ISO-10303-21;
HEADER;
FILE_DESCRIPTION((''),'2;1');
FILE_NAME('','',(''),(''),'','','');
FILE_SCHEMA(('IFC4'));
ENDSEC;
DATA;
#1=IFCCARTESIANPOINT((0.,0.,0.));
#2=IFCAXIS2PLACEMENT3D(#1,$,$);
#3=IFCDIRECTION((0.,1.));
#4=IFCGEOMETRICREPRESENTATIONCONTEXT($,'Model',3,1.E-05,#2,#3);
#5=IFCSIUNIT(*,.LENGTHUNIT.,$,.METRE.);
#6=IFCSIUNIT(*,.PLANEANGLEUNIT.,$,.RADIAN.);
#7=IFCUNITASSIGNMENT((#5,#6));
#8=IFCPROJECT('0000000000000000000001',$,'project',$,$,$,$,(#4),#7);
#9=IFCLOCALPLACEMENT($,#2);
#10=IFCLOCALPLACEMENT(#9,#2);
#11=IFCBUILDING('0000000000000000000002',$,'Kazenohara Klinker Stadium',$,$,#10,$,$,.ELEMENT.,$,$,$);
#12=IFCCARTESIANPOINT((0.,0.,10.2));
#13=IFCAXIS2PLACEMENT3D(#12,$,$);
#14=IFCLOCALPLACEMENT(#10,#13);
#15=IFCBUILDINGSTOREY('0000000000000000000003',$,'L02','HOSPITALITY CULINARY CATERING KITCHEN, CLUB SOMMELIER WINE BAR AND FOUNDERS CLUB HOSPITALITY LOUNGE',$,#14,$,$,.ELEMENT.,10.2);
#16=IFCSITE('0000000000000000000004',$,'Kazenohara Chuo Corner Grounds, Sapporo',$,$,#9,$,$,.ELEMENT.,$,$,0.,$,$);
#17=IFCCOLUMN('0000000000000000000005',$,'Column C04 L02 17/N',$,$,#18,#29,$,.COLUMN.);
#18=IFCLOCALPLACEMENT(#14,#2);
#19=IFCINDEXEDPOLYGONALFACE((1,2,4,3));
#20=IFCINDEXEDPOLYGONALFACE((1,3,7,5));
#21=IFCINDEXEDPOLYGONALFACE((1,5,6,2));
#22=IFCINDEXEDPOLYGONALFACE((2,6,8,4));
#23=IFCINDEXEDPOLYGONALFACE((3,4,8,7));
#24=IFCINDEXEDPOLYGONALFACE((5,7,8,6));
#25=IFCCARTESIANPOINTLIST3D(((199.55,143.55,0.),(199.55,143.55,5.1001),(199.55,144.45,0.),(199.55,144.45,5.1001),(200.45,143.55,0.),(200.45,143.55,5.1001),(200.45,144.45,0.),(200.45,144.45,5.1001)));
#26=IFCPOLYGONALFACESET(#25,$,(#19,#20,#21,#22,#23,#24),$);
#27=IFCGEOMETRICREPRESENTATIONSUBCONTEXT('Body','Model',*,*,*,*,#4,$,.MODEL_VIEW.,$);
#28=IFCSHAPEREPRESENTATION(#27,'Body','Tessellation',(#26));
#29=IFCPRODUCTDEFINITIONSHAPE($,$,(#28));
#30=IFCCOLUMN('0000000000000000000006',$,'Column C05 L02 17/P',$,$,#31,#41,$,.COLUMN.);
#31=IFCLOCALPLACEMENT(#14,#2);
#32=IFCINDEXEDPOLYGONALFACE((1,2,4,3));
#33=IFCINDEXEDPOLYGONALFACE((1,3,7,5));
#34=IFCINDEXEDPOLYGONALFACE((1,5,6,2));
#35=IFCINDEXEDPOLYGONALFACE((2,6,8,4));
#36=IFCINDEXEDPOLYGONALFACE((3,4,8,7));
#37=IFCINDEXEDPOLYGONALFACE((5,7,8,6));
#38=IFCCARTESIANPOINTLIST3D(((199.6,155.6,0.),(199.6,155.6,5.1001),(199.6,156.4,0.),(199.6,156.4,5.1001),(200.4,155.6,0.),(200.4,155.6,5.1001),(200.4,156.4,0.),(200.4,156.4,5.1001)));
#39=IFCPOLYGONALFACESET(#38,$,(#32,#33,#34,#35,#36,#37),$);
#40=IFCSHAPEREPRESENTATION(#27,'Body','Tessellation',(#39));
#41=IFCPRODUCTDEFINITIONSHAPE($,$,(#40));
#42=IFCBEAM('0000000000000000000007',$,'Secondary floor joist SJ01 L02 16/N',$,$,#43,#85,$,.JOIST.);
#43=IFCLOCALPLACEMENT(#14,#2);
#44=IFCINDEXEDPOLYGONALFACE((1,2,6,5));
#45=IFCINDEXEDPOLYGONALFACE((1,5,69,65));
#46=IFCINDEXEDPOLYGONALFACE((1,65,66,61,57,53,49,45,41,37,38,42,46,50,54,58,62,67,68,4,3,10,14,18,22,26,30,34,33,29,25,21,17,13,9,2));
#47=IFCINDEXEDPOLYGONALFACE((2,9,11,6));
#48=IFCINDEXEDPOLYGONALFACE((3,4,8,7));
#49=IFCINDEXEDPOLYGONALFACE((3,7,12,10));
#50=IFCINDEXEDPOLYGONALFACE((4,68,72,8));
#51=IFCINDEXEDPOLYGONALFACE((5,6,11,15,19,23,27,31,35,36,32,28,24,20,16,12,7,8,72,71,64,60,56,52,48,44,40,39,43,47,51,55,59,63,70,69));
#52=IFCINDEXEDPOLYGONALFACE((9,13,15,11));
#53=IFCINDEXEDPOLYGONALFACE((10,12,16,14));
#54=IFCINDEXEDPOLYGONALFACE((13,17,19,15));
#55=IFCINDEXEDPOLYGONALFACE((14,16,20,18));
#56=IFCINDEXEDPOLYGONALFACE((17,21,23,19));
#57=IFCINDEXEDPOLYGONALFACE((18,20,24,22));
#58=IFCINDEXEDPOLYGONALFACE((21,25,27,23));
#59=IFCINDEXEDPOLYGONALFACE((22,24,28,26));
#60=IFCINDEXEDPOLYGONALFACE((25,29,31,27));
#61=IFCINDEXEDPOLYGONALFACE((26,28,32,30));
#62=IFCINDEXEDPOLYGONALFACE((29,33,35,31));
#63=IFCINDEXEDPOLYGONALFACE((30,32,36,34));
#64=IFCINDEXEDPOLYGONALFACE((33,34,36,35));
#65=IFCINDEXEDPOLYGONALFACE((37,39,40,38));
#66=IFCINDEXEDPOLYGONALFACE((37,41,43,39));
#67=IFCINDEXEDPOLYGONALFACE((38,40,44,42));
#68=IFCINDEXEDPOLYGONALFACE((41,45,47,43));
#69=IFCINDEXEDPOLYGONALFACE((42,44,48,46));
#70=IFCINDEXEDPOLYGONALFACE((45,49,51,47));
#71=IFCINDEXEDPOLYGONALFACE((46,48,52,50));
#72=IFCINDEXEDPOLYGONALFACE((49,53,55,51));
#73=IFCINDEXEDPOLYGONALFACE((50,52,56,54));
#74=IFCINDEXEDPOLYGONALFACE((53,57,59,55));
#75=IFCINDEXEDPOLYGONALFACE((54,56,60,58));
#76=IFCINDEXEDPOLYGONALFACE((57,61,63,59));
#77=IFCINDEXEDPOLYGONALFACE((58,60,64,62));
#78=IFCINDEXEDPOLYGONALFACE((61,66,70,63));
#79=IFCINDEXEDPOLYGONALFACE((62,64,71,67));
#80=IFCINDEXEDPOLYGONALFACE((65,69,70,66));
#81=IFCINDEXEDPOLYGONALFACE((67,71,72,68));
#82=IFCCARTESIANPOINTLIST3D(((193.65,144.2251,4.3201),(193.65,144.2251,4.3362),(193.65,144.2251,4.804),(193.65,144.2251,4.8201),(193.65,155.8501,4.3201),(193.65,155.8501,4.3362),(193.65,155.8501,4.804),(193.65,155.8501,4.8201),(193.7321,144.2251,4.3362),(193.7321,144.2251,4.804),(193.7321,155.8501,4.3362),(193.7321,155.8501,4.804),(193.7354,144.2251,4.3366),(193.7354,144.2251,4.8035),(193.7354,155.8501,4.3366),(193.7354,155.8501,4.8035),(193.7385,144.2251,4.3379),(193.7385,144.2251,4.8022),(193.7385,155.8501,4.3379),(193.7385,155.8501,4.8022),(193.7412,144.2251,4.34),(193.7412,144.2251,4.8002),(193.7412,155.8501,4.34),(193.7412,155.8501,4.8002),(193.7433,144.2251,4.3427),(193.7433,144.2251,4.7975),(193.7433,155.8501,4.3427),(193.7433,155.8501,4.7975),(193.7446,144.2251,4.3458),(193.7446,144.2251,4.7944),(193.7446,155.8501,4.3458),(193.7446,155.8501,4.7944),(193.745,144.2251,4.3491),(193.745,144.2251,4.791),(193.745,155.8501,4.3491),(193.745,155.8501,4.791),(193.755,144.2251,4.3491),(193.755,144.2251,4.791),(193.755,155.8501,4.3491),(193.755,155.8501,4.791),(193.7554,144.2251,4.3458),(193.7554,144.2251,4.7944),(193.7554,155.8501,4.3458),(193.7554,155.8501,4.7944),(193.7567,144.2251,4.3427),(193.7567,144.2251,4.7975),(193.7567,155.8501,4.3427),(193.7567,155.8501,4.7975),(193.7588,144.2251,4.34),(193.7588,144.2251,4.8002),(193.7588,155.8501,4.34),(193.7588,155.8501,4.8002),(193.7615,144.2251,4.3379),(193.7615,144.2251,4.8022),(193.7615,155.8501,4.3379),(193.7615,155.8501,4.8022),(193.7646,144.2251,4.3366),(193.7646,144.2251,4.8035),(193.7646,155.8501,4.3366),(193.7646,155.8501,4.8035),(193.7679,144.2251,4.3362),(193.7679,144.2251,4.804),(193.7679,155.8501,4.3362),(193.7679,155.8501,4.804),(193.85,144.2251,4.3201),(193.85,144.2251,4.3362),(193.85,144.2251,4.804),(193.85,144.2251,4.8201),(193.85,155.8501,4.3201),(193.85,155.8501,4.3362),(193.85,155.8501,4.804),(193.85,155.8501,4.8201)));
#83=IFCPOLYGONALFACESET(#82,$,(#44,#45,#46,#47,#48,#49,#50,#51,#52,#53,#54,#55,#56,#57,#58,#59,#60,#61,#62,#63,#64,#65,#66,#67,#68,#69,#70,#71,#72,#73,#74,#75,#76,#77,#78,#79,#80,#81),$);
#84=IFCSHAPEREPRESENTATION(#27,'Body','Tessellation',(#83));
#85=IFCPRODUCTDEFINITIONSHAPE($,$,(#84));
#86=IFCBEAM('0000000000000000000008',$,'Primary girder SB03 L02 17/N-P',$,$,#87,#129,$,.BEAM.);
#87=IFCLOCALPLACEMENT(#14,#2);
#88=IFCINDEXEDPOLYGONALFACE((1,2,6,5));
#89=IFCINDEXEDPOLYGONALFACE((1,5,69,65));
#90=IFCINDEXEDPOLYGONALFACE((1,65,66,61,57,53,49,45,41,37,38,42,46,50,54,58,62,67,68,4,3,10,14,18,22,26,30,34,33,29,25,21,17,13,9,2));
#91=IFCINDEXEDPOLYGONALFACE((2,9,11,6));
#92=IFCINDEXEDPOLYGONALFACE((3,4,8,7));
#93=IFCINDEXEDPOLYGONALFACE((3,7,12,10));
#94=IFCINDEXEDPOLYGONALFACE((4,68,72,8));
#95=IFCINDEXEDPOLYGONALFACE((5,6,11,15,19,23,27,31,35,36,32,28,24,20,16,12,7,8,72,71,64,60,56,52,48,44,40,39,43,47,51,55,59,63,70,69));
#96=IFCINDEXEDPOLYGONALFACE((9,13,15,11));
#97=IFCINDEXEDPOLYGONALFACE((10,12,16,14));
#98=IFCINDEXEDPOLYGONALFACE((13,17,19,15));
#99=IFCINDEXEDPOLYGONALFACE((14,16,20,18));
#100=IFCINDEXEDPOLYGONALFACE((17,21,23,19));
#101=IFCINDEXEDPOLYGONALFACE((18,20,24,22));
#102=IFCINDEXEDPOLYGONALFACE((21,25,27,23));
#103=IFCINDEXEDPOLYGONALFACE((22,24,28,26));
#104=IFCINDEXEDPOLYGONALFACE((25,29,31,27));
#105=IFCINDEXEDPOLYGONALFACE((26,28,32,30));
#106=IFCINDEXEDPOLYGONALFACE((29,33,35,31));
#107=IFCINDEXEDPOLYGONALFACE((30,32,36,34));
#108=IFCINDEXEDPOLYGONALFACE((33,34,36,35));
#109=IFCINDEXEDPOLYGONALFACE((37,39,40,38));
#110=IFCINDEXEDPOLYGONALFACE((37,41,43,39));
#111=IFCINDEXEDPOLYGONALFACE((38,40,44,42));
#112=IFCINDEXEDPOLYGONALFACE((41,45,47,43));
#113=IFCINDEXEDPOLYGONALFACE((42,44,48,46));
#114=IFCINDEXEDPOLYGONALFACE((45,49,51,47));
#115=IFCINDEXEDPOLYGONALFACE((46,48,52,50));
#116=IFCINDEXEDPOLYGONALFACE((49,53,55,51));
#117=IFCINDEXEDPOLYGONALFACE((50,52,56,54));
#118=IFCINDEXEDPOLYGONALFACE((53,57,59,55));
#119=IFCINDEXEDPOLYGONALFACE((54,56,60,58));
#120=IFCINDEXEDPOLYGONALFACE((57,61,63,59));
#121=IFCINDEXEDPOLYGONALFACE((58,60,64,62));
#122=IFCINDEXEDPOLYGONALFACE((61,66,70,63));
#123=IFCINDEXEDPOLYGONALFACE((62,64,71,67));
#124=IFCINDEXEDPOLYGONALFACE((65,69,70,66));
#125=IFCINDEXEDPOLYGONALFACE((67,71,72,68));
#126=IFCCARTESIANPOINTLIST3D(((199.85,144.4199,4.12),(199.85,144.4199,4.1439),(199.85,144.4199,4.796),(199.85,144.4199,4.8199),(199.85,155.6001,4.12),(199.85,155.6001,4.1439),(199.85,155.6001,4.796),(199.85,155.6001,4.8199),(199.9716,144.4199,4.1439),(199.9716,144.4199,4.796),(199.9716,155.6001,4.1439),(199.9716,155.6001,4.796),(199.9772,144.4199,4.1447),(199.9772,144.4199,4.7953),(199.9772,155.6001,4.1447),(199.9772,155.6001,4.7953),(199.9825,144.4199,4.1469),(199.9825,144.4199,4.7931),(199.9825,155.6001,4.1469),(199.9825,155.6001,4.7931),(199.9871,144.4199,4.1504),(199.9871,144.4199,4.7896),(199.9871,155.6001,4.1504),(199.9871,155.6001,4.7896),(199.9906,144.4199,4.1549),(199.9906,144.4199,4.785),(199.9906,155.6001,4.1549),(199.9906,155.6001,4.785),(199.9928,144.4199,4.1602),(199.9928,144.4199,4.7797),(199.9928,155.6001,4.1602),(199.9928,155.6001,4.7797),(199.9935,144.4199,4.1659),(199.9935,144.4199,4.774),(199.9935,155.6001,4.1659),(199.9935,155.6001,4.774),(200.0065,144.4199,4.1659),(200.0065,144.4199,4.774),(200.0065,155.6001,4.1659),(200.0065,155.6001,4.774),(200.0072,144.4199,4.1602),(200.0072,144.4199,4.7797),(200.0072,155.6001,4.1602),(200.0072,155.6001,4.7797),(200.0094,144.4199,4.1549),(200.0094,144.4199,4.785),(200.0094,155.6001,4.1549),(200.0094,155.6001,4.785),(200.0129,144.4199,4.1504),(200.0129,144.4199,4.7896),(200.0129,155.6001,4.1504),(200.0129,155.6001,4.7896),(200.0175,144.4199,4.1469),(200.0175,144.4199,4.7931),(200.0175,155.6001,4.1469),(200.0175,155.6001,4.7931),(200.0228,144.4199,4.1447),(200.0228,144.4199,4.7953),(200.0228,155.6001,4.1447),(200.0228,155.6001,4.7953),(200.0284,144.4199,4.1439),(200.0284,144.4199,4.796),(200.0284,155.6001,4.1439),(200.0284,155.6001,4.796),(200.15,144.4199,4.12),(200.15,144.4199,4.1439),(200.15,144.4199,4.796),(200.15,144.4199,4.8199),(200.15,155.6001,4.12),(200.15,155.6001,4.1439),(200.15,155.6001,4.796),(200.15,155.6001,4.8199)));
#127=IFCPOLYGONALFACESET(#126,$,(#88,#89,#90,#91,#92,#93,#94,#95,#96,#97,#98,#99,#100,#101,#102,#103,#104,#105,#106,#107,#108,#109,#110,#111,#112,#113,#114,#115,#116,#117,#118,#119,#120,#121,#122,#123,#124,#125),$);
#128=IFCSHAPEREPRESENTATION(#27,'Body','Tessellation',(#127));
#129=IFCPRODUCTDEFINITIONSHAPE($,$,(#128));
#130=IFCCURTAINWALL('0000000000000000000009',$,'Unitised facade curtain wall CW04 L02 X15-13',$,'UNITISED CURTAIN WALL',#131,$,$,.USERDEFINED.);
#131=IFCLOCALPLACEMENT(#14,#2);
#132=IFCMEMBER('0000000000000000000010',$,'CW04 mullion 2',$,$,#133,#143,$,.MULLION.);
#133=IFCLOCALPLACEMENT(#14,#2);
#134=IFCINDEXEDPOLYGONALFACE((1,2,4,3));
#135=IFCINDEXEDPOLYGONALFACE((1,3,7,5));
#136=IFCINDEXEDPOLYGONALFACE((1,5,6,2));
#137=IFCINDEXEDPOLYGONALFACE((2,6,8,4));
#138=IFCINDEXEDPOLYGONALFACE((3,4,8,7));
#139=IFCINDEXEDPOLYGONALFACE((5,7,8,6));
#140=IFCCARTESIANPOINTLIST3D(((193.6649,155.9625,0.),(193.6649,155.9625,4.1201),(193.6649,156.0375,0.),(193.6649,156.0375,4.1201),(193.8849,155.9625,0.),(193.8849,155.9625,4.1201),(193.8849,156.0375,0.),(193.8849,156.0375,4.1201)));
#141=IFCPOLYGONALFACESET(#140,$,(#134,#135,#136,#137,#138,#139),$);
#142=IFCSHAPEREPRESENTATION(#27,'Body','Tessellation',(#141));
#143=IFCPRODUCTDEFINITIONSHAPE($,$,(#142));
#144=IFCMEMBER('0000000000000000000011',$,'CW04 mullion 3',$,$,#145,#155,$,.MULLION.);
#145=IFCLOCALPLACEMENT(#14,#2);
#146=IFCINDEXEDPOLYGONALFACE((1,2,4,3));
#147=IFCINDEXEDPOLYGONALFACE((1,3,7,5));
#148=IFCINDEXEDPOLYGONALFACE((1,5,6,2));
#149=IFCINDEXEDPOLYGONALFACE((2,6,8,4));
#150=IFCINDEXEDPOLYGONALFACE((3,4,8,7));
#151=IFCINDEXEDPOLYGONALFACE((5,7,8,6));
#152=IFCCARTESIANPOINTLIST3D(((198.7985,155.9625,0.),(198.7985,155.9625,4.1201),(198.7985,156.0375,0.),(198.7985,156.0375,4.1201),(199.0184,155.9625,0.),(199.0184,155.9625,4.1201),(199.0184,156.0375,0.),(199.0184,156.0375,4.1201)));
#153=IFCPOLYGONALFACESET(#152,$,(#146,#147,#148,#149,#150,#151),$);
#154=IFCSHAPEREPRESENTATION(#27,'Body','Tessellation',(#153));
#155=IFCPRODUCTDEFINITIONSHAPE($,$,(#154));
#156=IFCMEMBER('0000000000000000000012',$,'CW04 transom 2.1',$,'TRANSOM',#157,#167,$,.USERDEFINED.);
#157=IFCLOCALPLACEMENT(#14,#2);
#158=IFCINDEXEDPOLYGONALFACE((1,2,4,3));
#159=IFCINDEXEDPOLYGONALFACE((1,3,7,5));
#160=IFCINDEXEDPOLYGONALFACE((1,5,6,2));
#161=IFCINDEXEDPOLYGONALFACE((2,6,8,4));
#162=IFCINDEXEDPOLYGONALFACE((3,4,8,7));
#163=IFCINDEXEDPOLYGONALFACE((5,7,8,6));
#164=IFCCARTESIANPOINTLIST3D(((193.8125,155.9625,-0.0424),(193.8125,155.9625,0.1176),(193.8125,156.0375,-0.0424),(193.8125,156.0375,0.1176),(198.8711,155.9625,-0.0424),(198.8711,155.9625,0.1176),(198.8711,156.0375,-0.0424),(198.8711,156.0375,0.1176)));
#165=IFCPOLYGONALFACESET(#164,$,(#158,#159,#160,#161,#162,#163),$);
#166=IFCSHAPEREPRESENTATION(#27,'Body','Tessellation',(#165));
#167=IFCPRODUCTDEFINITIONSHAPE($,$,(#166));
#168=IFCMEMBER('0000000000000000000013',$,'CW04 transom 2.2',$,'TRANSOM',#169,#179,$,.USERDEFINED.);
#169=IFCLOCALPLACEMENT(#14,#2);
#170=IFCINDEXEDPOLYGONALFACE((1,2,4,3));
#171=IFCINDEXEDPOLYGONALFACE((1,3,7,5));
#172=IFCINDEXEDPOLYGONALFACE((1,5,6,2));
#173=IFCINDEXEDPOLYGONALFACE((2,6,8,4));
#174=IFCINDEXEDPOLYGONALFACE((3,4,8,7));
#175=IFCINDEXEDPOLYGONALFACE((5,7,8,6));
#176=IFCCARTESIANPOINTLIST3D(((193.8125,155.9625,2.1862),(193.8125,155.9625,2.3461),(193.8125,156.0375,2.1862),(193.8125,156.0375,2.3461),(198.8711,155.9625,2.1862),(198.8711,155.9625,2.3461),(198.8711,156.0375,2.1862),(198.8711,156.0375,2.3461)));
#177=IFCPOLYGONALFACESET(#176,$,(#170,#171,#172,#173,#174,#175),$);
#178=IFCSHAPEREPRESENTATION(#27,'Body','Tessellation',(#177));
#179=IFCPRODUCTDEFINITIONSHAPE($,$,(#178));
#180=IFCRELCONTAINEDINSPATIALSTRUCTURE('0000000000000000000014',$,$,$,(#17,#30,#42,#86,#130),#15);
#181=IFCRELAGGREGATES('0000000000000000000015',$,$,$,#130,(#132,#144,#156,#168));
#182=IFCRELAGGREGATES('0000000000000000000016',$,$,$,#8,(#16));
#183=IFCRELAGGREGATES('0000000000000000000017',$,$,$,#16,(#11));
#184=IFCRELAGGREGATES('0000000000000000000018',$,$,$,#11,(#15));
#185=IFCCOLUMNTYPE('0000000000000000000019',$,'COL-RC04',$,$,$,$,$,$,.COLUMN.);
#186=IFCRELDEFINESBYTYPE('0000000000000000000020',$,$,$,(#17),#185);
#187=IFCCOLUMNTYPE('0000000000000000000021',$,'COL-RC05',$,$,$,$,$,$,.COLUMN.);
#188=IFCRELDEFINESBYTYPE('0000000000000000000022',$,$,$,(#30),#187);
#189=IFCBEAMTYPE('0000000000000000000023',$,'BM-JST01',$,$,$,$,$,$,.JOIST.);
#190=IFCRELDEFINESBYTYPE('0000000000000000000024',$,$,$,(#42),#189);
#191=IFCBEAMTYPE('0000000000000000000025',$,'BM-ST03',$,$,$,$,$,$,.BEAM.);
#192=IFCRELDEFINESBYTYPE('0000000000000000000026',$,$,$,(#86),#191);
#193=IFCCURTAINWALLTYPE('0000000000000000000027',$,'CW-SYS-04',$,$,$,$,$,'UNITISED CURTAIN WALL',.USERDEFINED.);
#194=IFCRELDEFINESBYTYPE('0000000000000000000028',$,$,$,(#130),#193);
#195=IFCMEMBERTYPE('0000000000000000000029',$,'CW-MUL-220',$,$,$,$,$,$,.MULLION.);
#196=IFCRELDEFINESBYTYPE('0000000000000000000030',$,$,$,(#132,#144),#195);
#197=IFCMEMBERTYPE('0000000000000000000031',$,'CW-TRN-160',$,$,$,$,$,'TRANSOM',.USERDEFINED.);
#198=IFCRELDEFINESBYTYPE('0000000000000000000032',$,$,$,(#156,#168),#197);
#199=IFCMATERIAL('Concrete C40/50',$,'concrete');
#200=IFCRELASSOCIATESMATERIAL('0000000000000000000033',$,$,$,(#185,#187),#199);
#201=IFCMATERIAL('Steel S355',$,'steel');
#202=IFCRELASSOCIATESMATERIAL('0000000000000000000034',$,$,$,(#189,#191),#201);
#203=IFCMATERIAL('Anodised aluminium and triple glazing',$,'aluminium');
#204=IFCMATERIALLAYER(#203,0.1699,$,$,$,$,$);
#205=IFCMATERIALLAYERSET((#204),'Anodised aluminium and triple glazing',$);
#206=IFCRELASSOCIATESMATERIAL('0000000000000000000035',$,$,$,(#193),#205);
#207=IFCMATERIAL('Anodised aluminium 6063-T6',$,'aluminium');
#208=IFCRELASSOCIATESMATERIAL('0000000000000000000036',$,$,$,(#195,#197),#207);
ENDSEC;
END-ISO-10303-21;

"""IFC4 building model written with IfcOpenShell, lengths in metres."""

from ifc_helpers import new_model, si_unit, direction, frame, origin, origin_2d, place, context, subcontext, project, spatial, rectangle, i_section, extrude, material, layer, layer_set, material_profile, profile_set, type_object, element, aggregate, save


model = new_model("IFC4")

# Units and contexts
model_context = context("Model", 3, precision=1e-05, world=origin(), true_north=direction((0.0, 1.0)))
body_context = subcontext(model_context, "Body", "Model", "MODEL_VIEW")
ifc_project = project(units=[si_unit("LENGTHUNIT", "METRE"), si_unit("PLANEANGLEUNIT", "RADIAN")], contexts=[model_context])

# Site, building, storey
site_placement = place(None, origin())
site = spatial("IfcSite", under=ifc_project, at=site_placement, Name="Kazenohara Chuo Corner Grounds, Sapporo", CompositionType="ELEMENT", RefElevation=0.0)
building_placement = place(site_placement, origin())
building = spatial("IfcBuilding", under=site, at=building_placement, Name="Kazenohara Klinker Stadium", CompositionType="ELEMENT")
storey_placement = place(building_placement, frame((0.0, 0.0, 10.2)))
storey = spatial("IfcBuildingStorey", under=building, at=storey_placement, Name="L02", Description="HOSPITALITY CULINARY CATERING KITCHEN, CLUB SOMMELIER WINE BAR AND FOUNDERS CLUB HOSPITALITY LOUNGE", CompositionType="ELEMENT", Elevation=10.2)

# Columns
ifc_material_1 = material(Name="Concrete C40/50", Category="concrete")
ifc_material_profile_1 = material_profile(ifc_material_1, rectangle(XDim=0.8999, YDim=0.8999, at=origin_2d()), Name="RC-COL-900x900")
ifc_profile_set_1 = profile_set([ifc_material_profile_1], Name="Concrete C40/50")
column_type_1 = type_object("IfcColumnType", Name="COL-RC04", PredefinedType="COLUMN", material=ifc_profile_set_1)
column_1_placement = place(storey_placement, frame((200.0, 144.0, 0.0), z_axis=(0.0, 0.0, 1.0), x_axis=(1.0, 0.0, 0.0)))
element("IfcColumn", 1, at=column_1_placement, inside=storey, type_object=column_type_1, Name="Column C04 L02 17/N", PredefinedType="COLUMN", context=body_context, shape_type="SweptSolid", body=[
    extrude(rectangle(XDim=0.8999, YDim=0.8999, at=origin_2d()), origin(), (0.0, 0.0, 1.0), 5.1001),
])
ifc_material_profile_2 = material_profile(ifc_material_1, rectangle(XDim=0.8, YDim=0.8, at=origin_2d()), Name="RC-COL-800x800")
ifc_profile_set_2 = profile_set([ifc_material_profile_2], Name="Concrete C40/50")
column_type_2 = type_object("IfcColumnType", Name="COL-RC05", PredefinedType="COLUMN", material=ifc_profile_set_2)
column_2_placement = place(storey_placement, frame((200.0, 156.0, 0.0), z_axis=(0.0, 0.0, 1.0), x_axis=(1.0, 0.0, 0.0)))
element("IfcColumn", 2, at=column_2_placement, inside=storey, type_object=column_type_2, Name="Column C05 L02 17/P", PredefinedType="COLUMN", context=body_context, shape_type="SweptSolid", body=[
    extrude(rectangle(XDim=0.8, YDim=0.8, at=origin_2d()), origin(), (0.0, 0.0, 1.0), 5.1001),
])

# Beams
ifc_material_2 = material(Name="Steel S355", Category="steel")
ifc_material_profile_3 = material_profile(ifc_material_2, i_section(OverallWidth=0.2, OverallDepth=0.5, WebThickness=0.01, FlangeThickness=0.0161, FilletRadius=0.0129, at=origin_2d()), Name="H-500x200x10x16")
ifc_profile_set_3 = profile_set([ifc_material_profile_3], Name="Steel S355")
beam_type_1 = type_object("IfcBeamType", Name="BM-JST01", PredefinedType="JOIST", material=ifc_profile_set_3)
beam_1_placement = place(storey_placement, frame((193.75, 144.2251, 4.5701), z_axis=(0.0, 1.0, 0.0), x_axis=(-1.0, 0.0, 0.0)))
element("IfcBeam", 3, at=beam_1_placement, inside=storey, type_object=beam_type_1, Name="Secondary floor joist SJ01 L02 16/N", PredefinedType="JOIST", context=body_context, shape_type="SweptSolid", body=[
    extrude(i_section(OverallWidth=0.2, OverallDepth=0.5, WebThickness=0.01, FlangeThickness=0.0161, FilletRadius=0.0129, at=origin_2d()), origin(), (0.0, 0.0, 1.0), 11.625),
])
ifc_material_profile_4 = material_profile(ifc_material_2, i_section(OverallWidth=0.3, OverallDepth=0.7, WebThickness=0.0129, FlangeThickness=0.0239, FilletRadius=0.022, at=origin_2d()), Name="H-700x300x13x24")
ifc_profile_set_4 = profile_set([ifc_material_profile_4], Name="Steel S355")
beam_type_2 = type_object("IfcBeamType", Name="BM-ST03", PredefinedType="BEAM", material=ifc_profile_set_4)
beam_2_placement = place(storey_placement, frame((200.0, 144.4199, 4.47), z_axis=(0.0, 1.0, 0.0), x_axis=(-1.0, 0.0, 0.0)))
element("IfcBeam", 4, at=beam_2_placement, inside=storey, type_object=beam_type_2, Name="Primary girder SB03 L02 17/N-P", PredefinedType="BEAM", context=body_context, shape_type="SweptSolid", body=[
    extrude(i_section(OverallWidth=0.3, OverallDepth=0.7, WebThickness=0.0129, FlangeThickness=0.0239, FilletRadius=0.022, at=origin_2d()), origin(), (0.0, 0.0, 1.0), 11.1802),
])

# Curtain wall, members
ifc_material_3 = material(Name="Anodised aluminium and triple glazing", Category="aluminium")
ifc_layer_1 = layer(ifc_material_3, 0.1699)
ifc_layer_set_1 = layer_set([ifc_layer_1], Name="Anodised aluminium and triple glazing")
curtain_wall_type = type_object("IfcCurtainWallType", Name="CW-SYS-04", ElementType="UNITISED CURTAIN WALL", PredefinedType="USERDEFINED", material=ifc_layer_set_1)
curtain_wall_placement = place(storey_placement, origin())
curtain_wall = element("IfcCurtainWall", 5, at=curtain_wall_placement, inside=storey, type_object=curtain_wall_type, Name="Unitised facade curtain wall CW04 L02 X15-13", ObjectType="UNITISED CURTAIN WALL", PredefinedType="USERDEFINED")
ifc_material_4 = material(Name="Anodised aluminium 6063-T6", Category="aluminium")
ifc_material_profile_5 = material_profile(ifc_material_4, rectangle(XDim=0.075, YDim=0.22, at=origin_2d()), Name="ALU-MUL-75x220")
ifc_profile_set_5 = profile_set([ifc_material_profile_5], Name="Anodised aluminium 6063-T6")
member_type_1 = type_object("IfcMemberType", Name="CW-MUL-220", PredefinedType="MULLION", material=ifc_profile_set_5)
member_1_placement = place(storey_placement, frame((193.7749, 156.0, 0.0), z_axis=(0.0, 0.0, 1.0), x_axis=(0.0, 1.0, 0.0)))
member_1 = element("IfcMember", 6, at=member_1_placement, type_object=member_type_1, Name="CW04 mullion 2", PredefinedType="MULLION", context=body_context, shape_type="SweptSolid", body=[
    extrude(rectangle(XDim=0.075, YDim=0.22, at=origin_2d()), origin(), (0.0, 0.0, 1.0), 4.1201),
])
member_2_placement = place(storey_placement, frame((198.9084, 156.0, 0.0), z_axis=(0.0, 0.0, 1.0), x_axis=(0.0, 1.0, 0.0)))
member_2 = element("IfcMember", 7, at=member_2_placement, type_object=member_type_1, Name="CW04 mullion 3", PredefinedType="MULLION", context=body_context, shape_type="SweptSolid", body=[
    extrude(rectangle(XDim=0.075, YDim=0.22, at=origin_2d()), origin(), (0.0, 0.0, 1.0), 4.1201),
])
ifc_material_profile_6 = material_profile(ifc_material_4, rectangle(XDim=0.075, YDim=0.1599, at=origin_2d()), Name="ALU-TRN-75x160")
ifc_profile_set_6 = profile_set([ifc_material_profile_6], Name="Anodised aluminium 6063-T6")
member_type_2 = type_object("IfcMemberType", Name="CW-TRN-160", ElementType="TRANSOM", PredefinedType="USERDEFINED", material=ifc_profile_set_6)
member_3_placement = place(storey_placement, frame((193.8125, 156.0, 0.0376), z_axis=(1.0, 0.0, 0.0), x_axis=(0.0, 1.0, 0.0)))
member_3 = element("IfcMember", 8, at=member_3_placement, type_object=member_type_2, Name="CW04 transom 2.1", ObjectType="TRANSOM", PredefinedType="USERDEFINED", context=body_context, shape_type="SweptSolid", body=[
    extrude(rectangle(XDim=0.075, YDim=0.1599, at=origin_2d()), origin(), (0.0, 0.0, 1.0), 5.0586),
])
member_4_placement = place(storey_placement, frame((193.8125, 156.0, 2.2661), z_axis=(1.0, 0.0, 0.0), x_axis=(0.0, 1.0, 0.0)))
member_4 = element("IfcMember", 9, at=member_4_placement, type_object=member_type_2, Name="CW04 transom 2.2", ObjectType="TRANSOM", PredefinedType="USERDEFINED", context=body_context, shape_type="SweptSolid", body=[
    extrude(rectangle(XDim=0.075, YDim=0.1599, at=origin_2d()), origin(), (0.0, 0.0, 1.0), 5.0586),
])
aggregate(curtain_wall, [member_1, member_2, member_3, member_4])

save(model, "model.ifc")
